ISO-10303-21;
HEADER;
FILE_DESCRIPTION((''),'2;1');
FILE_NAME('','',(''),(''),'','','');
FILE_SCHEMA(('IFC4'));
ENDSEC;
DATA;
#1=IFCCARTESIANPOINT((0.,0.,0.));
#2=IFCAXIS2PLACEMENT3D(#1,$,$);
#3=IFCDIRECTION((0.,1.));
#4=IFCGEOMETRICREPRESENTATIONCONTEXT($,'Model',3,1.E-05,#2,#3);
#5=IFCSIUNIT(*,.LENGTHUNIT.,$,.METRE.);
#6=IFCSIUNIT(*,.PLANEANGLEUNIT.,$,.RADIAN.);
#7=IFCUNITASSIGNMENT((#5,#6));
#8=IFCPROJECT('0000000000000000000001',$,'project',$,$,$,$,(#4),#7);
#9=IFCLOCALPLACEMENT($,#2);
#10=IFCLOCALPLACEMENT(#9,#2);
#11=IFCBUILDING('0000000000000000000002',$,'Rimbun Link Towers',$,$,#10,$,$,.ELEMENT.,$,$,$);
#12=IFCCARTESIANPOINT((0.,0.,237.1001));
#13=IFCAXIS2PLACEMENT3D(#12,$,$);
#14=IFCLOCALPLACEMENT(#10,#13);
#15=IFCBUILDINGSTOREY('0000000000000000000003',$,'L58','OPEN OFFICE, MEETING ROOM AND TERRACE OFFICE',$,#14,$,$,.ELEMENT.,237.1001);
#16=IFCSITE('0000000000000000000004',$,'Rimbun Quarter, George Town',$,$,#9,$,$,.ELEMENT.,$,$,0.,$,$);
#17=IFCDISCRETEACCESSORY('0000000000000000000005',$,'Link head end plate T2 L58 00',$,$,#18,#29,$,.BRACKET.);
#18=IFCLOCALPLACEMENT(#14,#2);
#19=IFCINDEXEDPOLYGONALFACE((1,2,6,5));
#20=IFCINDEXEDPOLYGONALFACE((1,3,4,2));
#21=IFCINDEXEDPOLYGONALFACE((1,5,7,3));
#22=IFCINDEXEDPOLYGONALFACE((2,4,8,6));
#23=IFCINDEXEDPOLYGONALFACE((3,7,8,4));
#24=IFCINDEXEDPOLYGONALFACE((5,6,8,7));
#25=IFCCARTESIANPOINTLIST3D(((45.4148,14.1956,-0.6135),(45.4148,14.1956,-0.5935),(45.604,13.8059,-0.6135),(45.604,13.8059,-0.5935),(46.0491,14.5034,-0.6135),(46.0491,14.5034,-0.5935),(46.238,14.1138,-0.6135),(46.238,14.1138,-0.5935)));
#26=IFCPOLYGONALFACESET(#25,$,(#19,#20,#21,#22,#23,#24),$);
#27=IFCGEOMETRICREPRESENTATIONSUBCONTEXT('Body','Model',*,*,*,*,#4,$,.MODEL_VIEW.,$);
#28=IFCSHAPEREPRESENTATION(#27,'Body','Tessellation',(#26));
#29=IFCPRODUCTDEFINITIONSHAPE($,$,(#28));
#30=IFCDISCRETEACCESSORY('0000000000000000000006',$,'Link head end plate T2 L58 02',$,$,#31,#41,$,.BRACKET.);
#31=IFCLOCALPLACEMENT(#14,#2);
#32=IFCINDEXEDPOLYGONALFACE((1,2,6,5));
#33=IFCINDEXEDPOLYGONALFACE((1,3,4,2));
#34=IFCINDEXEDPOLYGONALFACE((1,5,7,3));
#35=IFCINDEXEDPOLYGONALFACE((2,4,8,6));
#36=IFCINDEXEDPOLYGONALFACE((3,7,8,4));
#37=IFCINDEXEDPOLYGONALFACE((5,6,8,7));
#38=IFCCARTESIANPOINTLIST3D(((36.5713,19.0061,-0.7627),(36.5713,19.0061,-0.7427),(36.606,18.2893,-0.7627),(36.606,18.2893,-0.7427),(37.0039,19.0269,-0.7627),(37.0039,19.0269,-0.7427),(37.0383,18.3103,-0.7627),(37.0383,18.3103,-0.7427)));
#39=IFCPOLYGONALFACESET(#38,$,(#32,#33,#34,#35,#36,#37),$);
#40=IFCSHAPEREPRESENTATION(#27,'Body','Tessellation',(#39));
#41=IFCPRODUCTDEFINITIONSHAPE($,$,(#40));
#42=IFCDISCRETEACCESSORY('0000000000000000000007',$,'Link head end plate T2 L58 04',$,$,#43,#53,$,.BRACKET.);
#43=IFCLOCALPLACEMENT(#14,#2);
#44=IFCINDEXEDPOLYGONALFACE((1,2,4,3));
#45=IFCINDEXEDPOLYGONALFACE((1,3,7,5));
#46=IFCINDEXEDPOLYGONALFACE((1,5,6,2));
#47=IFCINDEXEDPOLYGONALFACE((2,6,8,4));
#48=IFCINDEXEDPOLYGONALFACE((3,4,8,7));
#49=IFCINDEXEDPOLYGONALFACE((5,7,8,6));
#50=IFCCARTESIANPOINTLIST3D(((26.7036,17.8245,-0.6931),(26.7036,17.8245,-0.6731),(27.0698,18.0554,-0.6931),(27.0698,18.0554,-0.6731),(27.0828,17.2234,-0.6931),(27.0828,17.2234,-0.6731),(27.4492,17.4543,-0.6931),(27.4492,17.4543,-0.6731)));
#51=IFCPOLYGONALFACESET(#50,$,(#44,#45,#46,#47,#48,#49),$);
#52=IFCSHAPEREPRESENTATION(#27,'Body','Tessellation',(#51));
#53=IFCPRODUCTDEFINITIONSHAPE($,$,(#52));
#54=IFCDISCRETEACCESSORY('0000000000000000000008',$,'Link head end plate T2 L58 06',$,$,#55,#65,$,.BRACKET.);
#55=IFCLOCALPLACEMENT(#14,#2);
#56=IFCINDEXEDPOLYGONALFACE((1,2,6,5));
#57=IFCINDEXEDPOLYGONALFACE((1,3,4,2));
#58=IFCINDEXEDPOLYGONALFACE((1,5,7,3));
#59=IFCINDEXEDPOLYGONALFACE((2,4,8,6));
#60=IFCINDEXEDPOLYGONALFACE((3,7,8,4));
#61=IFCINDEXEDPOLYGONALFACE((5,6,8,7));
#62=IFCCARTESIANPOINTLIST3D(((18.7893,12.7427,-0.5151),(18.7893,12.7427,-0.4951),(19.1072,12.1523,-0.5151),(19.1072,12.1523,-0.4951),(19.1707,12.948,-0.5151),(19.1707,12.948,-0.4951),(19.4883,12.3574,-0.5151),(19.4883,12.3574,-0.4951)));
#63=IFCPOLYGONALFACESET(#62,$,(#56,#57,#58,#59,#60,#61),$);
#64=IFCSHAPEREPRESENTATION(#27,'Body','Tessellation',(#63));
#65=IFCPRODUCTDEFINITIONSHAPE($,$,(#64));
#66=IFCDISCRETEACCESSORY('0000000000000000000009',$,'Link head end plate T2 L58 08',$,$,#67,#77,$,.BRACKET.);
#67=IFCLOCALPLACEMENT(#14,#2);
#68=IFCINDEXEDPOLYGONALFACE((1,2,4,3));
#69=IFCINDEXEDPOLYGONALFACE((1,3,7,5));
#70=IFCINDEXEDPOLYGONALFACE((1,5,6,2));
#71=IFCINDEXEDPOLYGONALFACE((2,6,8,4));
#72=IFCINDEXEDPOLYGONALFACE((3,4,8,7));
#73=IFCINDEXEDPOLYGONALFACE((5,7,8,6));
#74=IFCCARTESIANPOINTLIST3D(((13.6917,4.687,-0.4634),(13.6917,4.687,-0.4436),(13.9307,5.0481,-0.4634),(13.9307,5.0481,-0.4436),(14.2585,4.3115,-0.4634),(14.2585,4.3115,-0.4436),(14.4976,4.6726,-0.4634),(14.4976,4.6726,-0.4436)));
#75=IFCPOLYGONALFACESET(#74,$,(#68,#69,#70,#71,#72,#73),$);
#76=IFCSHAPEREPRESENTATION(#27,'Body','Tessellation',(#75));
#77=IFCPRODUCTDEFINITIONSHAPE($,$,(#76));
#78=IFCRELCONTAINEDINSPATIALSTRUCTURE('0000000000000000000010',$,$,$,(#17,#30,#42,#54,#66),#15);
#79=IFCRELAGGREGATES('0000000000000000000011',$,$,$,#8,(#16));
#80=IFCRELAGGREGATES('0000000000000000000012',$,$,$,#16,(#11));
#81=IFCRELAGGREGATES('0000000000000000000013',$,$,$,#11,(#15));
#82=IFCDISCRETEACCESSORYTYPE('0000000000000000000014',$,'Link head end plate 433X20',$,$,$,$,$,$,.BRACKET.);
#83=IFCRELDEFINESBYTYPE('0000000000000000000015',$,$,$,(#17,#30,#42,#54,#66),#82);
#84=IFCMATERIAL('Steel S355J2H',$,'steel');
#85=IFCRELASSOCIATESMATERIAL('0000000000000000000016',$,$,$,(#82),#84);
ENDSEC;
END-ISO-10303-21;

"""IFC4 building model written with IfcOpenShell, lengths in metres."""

from ifc_helpers import new_model, si_unit, direction, frame, origin, origin_2d, place, context, subcontext, project, spatial, polyline, rectangle, outline, extrude, material, material_profile, profile_set, type_object, element, save


model = new_model("IFC4")

# Units and contexts
model_context = context("Model", 3, precision=1e-05, world=origin(), true_north=direction((0.0, 1.0)))
body_context = subcontext(model_context, "Body", "Model", "MODEL_VIEW")
ifc_project = project(units=[si_unit("LENGTHUNIT", "METRE"), si_unit("PLANEANGLEUNIT", "RADIAN")], contexts=[model_context])

# Site, building, storey
site_placement = place(None, origin())
site = spatial("IfcSite", under=ifc_project, at=site_placement, Name="Rimbun Quarter, George Town", CompositionType="ELEMENT", RefElevation=0.0)
building_placement = place(site_placement, origin())
building = spatial("IfcBuilding", under=site, at=building_placement, Name="Rimbun Link Towers", CompositionType="ELEMENT")
storey_placement = place(building_placement, frame((0.0, 0.0, 237.1001)))
storey = spatial("IfcBuildingStorey", under=building, at=storey_placement, Name="L58", Description="OPEN OFFICE, MEETING ROOM AND TERRACE OFFICE", CompositionType="ELEMENT", Elevation=237.1001)

# Discrete accessories
ifc_material_1 = material(Name="Steel S355J2H", Category="steel")
ifc_material_profile_1 = material_profile(ifc_material_1, rectangle(XDim=0.4331, YDim=0.4331, at=origin_2d()), Name="PL 433x433")
ifc_profile_set_1 = profile_set([ifc_material_profile_1], Name="Steel S355J2H")
discrete_accessory_type_1 = type_object("IfcDiscreteAccessoryType", Name="Link head end plate 433X20", PredefinedType="BRACKET", material=ifc_profile_set_1)
discrete_accessory_1_placement = place(storey_placement, frame((0.0, 0.0, -0.6135)))
element("IfcDiscreteAccessory", 1, at=discrete_accessory_1_placement, inside=storey, type_object=discrete_accessory_type_1, Name="Link head end plate T2 L58 00", PredefinedType="BRACKET", context=body_context, shape_type="SweptSolid", body=[
    extrude(outline(polyline([(45.604, 13.8059), (46.238, 14.1138), (46.0491, 14.5034), (45.4148, 14.1956), (45.604, 13.8059)])), origin(), (0.0, 0.0, 1.0), 0.02),
])
discrete_accessory_2_placement = place(storey_placement, frame((0.0, 0.0, -0.7627)))
element("IfcDiscreteAccessory", 2, at=discrete_accessory_2_placement, inside=storey, type_object=discrete_accessory_type_1, Name="Link head end plate T2 L58 02", PredefinedType="BRACKET", context=body_context, shape_type="SweptSolid", body=[
    extrude(outline(polyline([(37.0383, 18.3103), (37.0039, 19.0269), (36.5713, 19.0061), (36.606, 18.2893), (37.0383, 18.3103)])), origin(), (0.0, 0.0, 1.0), 0.02),
])
discrete_accessory_3_placement = place(storey_placement, frame((0.0, 0.0, -0.6931)))
element("IfcDiscreteAccessory", 3, at=discrete_accessory_3_placement, inside=storey, type_object=discrete_accessory_type_1, Name="Link head end plate T2 L58 04", PredefinedType="BRACKET", context=body_context, shape_type="SweptSolid", body=[
    extrude(outline(polyline([(27.4492, 17.4543), (27.0698, 18.0554), (26.7036, 17.8245), (27.0828, 17.2234), (27.4492, 17.4543)])), origin(), (0.0, 0.0, 1.0), 0.02),
])
discrete_accessory_4_placement = place(storey_placement, frame((0.0, 0.0, -0.5151)))
element("IfcDiscreteAccessory", 4, at=discrete_accessory_4_placement, inside=storey, type_object=discrete_accessory_type_1, Name="Link head end plate T2 L58 06", PredefinedType="BRACKET", context=body_context, shape_type="SweptSolid", body=[
    extrude(outline(polyline([(19.4883, 12.3574), (19.1707, 12.948), (18.7893, 12.7427), (19.1072, 12.1523), (19.4883, 12.3574)])), origin(), (0.0, 0.0, 1.0), 0.02),
])
discrete_accessory_5_placement = place(storey_placement, frame((0.0, 0.0, -0.4634)))
element("IfcDiscreteAccessory", 5, at=discrete_accessory_5_placement, inside=storey, type_object=discrete_accessory_type_1, Name="Link head end plate T2 L58 08", PredefinedType="BRACKET", context=body_context, shape_type="SweptSolid", body=[
    extrude(outline(polyline([(14.4976, 4.6726), (13.9307, 5.0481), (13.6917, 4.687), (14.2585, 4.3115), (14.4976, 4.6726)])), origin(), (0.0, 0.0, 1.0), 0.0198),
])

save(model, "model.ifc")
